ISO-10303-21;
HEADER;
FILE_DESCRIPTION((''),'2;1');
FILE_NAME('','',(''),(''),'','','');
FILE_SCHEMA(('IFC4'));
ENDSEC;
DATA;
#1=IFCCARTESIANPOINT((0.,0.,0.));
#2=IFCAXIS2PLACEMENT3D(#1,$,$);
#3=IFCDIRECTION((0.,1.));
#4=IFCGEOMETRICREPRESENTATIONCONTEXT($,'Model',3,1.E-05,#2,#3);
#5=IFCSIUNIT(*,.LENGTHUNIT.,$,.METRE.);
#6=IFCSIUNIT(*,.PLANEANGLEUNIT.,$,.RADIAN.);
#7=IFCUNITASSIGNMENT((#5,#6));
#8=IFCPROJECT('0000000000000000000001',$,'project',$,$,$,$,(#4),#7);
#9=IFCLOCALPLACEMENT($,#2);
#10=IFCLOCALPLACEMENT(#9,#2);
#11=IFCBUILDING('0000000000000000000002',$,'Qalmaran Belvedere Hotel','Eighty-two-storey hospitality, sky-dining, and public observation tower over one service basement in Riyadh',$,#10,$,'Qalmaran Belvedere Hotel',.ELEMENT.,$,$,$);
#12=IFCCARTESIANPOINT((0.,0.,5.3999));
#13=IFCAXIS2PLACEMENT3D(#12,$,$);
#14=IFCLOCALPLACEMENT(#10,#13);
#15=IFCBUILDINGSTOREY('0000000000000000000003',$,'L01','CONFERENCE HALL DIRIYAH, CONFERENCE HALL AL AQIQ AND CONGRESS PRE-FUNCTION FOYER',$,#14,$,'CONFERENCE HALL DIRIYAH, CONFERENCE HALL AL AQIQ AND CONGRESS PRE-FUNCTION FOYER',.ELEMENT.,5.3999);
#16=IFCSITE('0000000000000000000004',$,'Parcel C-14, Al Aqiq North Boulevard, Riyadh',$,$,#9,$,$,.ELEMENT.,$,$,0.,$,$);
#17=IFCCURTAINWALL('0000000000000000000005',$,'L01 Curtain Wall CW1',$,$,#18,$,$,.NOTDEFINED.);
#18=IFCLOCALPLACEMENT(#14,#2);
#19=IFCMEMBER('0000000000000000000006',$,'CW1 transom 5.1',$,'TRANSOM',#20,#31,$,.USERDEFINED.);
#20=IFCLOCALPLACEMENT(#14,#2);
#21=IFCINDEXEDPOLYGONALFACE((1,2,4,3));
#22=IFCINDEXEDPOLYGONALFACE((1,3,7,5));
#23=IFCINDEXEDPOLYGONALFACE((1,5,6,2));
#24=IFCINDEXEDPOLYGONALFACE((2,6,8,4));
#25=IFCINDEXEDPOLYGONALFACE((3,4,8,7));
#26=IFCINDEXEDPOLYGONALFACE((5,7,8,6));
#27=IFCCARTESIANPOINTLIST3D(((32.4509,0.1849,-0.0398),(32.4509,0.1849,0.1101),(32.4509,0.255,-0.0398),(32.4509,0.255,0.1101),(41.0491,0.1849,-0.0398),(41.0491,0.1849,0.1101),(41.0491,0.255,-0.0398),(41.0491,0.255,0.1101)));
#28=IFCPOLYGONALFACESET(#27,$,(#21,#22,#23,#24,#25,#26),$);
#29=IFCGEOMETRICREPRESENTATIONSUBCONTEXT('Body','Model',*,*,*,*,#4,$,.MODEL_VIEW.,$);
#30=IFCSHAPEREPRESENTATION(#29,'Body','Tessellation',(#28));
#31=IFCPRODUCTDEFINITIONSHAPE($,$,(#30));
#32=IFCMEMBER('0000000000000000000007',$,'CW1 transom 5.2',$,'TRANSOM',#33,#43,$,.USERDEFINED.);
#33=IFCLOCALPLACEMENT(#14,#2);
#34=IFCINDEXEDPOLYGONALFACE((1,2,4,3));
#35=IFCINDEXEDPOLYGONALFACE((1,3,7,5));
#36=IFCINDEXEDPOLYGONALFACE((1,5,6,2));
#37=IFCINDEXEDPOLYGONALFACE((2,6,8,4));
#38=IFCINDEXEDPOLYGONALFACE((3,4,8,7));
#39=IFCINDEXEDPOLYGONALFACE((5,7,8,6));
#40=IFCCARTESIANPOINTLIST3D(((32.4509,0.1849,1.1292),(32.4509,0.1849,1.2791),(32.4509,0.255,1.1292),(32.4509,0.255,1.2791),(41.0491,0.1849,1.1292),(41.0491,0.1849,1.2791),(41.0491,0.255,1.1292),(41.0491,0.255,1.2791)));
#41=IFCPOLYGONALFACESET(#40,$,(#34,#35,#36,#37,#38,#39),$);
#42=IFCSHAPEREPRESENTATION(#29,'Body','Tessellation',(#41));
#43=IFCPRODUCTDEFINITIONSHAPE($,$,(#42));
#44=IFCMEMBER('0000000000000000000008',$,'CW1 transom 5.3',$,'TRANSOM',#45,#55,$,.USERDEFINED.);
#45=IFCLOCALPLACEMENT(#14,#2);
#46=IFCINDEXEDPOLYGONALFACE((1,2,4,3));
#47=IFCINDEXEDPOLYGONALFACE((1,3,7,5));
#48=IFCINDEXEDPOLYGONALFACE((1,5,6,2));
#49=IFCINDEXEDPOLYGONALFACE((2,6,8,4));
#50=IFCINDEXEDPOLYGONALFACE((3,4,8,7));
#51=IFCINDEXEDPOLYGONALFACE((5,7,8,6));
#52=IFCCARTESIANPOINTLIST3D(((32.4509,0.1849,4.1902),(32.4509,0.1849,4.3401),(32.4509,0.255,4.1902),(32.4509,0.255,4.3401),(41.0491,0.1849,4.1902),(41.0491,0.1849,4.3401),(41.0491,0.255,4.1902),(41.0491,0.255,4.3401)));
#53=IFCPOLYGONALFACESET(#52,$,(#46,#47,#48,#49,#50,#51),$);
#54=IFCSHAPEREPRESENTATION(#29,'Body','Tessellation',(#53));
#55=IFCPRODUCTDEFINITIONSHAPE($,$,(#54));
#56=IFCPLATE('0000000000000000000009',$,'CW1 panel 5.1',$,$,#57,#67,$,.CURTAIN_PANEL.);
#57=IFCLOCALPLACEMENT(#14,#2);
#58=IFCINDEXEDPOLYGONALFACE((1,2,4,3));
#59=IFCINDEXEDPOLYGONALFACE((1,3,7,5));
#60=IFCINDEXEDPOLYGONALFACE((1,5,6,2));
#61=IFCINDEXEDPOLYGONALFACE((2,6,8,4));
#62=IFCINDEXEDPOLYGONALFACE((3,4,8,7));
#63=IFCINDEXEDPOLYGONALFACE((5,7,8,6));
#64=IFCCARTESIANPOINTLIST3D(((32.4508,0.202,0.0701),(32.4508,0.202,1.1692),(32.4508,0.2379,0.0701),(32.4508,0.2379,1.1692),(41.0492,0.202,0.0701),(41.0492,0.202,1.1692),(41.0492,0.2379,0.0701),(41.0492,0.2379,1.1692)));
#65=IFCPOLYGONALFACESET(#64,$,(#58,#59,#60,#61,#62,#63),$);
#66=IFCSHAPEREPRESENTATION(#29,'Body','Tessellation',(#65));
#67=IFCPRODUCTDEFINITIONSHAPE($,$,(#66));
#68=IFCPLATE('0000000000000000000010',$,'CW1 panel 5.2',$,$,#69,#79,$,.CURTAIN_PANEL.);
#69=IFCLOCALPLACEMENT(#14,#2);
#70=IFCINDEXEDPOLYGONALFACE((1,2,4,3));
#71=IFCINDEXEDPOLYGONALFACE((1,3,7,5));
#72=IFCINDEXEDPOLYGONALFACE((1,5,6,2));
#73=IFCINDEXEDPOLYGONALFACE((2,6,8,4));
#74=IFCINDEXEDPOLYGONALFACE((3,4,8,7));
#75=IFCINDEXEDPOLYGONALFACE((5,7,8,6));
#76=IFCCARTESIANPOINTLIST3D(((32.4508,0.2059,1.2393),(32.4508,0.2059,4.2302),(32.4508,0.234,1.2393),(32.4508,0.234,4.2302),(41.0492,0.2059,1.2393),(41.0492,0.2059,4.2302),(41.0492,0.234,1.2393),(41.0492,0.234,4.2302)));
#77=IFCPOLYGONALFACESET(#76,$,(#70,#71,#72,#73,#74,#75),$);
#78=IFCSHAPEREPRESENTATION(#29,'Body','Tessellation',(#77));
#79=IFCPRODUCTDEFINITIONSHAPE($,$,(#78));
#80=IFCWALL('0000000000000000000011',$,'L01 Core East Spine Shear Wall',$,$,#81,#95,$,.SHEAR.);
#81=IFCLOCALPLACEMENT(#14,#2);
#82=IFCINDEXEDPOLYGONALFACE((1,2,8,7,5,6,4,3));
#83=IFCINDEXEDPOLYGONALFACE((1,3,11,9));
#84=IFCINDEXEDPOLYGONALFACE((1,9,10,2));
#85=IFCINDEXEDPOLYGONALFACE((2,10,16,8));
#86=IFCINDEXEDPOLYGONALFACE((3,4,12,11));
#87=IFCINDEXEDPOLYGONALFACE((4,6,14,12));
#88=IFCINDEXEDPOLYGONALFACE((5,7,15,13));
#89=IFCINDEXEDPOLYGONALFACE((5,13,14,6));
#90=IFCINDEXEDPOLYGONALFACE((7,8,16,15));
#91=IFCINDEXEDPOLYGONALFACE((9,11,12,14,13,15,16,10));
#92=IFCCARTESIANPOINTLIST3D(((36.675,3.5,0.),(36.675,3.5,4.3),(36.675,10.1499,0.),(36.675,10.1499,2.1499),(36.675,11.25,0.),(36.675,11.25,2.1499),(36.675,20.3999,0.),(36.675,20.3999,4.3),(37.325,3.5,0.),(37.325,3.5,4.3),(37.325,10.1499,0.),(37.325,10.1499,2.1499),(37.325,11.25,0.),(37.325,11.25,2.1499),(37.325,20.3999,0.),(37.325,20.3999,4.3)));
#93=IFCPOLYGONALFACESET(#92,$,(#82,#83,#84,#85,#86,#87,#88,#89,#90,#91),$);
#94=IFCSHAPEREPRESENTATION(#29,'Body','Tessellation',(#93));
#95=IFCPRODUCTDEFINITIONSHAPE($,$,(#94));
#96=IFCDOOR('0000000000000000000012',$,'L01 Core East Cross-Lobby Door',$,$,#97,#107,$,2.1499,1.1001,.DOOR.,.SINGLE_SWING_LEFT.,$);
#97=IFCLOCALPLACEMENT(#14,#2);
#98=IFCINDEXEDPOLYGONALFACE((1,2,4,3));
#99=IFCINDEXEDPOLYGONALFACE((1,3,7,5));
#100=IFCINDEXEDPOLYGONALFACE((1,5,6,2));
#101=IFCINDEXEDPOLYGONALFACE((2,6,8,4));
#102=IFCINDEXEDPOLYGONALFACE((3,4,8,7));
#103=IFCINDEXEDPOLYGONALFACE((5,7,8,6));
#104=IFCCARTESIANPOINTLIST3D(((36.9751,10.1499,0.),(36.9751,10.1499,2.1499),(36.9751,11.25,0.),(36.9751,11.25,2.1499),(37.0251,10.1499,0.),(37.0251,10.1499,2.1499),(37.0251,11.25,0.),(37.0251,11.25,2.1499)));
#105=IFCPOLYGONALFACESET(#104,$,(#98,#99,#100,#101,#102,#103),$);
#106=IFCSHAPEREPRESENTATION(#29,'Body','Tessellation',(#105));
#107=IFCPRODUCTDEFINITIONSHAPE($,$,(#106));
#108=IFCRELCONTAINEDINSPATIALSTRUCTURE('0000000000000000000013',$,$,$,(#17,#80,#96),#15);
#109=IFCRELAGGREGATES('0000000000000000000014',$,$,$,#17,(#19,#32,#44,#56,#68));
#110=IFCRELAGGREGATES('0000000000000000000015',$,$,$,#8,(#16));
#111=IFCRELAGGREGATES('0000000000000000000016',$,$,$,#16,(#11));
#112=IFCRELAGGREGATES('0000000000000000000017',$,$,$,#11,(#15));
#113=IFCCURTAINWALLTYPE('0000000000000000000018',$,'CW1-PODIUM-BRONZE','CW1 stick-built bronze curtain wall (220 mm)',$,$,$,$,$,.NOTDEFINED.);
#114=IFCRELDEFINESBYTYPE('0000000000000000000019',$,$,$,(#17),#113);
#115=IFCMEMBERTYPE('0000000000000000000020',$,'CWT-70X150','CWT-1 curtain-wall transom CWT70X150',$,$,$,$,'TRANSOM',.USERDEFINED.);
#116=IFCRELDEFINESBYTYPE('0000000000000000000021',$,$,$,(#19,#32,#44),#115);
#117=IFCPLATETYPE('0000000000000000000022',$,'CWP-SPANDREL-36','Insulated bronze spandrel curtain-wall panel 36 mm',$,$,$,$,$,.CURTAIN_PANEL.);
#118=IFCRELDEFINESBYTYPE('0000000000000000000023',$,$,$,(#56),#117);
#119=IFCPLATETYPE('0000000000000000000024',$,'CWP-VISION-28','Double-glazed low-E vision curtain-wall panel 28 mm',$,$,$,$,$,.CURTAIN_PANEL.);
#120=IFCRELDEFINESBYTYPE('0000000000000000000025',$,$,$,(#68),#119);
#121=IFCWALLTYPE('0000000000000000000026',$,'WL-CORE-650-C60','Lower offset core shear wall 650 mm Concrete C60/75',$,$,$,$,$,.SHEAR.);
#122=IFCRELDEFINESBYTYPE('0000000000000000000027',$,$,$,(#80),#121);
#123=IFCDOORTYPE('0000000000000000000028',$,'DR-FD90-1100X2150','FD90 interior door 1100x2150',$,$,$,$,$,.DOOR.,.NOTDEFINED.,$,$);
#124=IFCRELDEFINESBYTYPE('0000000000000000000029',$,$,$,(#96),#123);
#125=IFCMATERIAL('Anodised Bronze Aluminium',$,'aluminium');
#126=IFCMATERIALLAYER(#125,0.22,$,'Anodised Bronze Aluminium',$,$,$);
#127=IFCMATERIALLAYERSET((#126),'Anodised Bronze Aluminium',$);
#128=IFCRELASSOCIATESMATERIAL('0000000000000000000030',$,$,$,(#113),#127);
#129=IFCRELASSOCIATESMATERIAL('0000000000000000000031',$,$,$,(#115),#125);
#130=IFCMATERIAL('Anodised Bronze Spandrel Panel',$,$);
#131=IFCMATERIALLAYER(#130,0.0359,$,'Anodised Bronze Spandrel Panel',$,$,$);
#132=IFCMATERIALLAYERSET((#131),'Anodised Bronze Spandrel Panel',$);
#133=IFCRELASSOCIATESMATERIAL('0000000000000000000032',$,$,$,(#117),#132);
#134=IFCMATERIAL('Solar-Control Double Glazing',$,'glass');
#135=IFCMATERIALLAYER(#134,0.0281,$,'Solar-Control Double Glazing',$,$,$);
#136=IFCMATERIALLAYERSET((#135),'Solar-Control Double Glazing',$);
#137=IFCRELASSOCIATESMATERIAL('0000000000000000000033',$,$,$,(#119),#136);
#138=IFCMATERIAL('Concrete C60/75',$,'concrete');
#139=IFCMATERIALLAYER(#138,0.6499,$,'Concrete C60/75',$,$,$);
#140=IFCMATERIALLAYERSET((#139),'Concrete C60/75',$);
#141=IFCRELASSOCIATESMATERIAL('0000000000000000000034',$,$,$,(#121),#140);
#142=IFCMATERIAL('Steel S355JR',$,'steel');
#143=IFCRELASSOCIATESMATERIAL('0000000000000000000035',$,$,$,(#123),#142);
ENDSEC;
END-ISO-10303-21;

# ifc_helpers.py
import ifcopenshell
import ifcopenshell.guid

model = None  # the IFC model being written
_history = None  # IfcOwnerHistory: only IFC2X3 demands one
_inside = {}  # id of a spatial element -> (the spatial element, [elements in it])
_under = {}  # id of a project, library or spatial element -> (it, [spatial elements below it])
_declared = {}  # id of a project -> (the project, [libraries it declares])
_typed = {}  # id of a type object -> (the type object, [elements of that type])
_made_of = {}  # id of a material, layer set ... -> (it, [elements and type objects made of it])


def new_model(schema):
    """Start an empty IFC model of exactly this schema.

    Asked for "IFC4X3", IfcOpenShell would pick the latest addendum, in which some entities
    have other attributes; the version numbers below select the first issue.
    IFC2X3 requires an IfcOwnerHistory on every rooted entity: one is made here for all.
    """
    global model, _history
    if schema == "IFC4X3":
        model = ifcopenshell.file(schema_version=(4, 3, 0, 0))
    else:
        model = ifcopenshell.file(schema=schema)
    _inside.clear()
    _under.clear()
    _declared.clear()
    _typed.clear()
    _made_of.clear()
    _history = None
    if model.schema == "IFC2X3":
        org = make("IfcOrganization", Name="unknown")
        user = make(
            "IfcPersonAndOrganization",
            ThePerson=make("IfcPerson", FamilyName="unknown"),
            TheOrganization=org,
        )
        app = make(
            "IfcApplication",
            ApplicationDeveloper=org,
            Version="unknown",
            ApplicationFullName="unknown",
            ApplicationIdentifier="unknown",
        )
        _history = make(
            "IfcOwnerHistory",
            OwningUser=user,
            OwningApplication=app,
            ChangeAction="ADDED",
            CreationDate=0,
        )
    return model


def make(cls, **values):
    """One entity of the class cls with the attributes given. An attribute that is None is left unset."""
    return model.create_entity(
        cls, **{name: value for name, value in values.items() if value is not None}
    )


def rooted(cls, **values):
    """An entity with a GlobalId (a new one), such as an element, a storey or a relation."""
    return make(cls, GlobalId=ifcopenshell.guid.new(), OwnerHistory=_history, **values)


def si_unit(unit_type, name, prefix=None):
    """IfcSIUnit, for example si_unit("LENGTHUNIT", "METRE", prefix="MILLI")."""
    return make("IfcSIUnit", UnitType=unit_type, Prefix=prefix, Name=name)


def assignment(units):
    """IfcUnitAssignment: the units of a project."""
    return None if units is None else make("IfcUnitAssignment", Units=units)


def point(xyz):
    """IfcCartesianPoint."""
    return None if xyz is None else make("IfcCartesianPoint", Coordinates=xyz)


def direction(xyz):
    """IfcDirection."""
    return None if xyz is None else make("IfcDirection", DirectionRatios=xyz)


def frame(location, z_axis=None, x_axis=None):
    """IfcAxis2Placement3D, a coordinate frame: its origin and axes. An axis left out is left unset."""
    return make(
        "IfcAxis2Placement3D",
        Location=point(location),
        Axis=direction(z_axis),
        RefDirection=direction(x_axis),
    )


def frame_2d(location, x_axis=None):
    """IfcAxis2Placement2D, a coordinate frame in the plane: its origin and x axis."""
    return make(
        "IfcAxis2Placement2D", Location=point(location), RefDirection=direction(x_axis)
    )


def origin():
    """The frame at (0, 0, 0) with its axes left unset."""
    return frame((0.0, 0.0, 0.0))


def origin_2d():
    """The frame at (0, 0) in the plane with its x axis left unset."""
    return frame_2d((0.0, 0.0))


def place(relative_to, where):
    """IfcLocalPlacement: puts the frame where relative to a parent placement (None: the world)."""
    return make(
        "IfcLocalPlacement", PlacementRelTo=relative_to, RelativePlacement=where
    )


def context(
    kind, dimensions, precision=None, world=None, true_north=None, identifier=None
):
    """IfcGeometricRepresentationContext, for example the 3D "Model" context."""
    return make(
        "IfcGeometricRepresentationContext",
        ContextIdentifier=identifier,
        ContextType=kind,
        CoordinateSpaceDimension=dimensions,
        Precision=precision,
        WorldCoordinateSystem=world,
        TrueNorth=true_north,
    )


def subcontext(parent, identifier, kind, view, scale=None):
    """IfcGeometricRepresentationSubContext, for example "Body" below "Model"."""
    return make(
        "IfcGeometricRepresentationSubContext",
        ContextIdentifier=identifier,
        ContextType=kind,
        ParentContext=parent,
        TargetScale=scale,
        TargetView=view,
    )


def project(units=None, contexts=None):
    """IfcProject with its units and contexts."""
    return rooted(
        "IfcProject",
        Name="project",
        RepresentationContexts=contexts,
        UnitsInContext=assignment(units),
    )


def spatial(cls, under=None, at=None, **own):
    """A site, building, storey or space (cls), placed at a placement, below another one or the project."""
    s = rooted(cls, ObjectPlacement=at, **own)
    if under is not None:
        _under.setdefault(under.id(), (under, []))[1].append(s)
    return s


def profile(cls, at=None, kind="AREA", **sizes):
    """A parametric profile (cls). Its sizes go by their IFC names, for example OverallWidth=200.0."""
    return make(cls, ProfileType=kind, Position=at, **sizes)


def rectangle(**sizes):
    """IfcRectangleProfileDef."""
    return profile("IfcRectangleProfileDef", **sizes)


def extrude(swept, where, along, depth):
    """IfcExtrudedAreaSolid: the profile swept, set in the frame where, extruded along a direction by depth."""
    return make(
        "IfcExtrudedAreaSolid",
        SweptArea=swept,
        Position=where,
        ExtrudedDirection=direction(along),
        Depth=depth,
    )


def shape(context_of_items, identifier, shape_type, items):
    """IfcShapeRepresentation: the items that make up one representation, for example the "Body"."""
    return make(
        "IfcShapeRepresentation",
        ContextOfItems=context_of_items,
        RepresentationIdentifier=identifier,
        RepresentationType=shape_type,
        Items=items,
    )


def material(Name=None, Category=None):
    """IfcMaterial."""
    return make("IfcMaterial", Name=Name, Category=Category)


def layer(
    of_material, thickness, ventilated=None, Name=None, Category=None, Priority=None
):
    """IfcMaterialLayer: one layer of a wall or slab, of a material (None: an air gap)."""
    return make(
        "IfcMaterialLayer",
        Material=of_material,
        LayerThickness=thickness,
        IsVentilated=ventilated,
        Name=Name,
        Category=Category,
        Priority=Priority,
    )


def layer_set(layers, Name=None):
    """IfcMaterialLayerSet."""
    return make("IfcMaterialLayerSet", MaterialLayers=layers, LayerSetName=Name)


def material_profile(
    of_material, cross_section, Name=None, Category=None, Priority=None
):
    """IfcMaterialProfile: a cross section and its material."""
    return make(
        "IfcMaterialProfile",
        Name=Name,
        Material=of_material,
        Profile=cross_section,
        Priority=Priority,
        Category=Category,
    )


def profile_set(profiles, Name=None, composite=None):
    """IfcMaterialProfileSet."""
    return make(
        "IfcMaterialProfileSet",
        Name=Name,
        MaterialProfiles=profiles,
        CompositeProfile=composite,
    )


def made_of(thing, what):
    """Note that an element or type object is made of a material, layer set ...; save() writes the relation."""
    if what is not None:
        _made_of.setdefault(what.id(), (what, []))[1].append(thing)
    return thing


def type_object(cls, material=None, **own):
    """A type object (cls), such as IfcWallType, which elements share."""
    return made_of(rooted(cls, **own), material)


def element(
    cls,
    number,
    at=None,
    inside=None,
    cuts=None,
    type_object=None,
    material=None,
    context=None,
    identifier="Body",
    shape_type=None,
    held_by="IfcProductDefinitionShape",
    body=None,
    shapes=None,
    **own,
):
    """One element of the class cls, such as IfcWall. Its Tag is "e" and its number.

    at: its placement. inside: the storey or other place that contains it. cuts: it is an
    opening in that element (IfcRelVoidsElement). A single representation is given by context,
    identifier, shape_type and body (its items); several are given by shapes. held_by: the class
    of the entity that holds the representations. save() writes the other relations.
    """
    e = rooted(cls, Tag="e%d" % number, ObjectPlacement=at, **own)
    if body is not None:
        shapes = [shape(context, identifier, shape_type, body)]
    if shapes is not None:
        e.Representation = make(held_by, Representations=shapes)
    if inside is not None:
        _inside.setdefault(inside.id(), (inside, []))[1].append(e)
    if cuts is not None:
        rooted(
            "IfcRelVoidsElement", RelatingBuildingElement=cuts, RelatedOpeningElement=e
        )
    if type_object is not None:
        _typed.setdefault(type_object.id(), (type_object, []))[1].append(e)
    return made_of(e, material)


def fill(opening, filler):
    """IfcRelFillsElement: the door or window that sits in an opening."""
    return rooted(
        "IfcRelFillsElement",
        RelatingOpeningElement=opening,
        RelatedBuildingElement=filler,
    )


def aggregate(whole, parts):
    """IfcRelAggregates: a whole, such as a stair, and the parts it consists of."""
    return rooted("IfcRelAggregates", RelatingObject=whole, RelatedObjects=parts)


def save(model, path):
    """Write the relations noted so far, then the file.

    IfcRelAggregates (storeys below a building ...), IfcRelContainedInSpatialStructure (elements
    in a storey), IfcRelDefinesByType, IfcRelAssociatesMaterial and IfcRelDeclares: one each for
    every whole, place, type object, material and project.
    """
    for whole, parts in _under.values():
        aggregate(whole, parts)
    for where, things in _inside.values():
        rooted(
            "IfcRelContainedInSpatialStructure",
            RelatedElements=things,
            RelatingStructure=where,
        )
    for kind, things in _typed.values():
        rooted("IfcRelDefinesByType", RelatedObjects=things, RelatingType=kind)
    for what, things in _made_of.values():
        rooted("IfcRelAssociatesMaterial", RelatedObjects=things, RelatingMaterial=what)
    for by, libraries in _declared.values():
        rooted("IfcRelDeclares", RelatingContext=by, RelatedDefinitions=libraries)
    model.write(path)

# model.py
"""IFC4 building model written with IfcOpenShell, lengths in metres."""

from ifc_helpers import new_model, si_unit, direction, frame, frame_2d, origin, origin_2d, place, context, subcontext, project, spatial, rectangle, extrude, material, layer, layer_set, material_profile, profile_set, type_object, element, fill, aggregate, save


model = new_model("IFC4")

# Units and contexts
model_context = context("Model", 3, precision=1e-05, world=origin(), true_north=direction((0.0, 1.0)))
body_context = subcontext(model_context, "Body", "Model", "MODEL_VIEW")
ifc_project = project(units=[si_unit("LENGTHUNIT", "METRE"), si_unit("PLANEANGLEUNIT", "RADIAN")], contexts=[model_context])

# Site, building, storey
site_placement = place(None, origin())
site = spatial("IfcSite", under=ifc_project, at=site_placement, Name="Parcel C-14, Al Aqiq North Boulevard, Riyadh", CompositionType="ELEMENT", RefElevation=0.0)
building_placement = place(site_placement, origin())
building = spatial("IfcBuilding", under=site, at=building_placement, Name="Qalmaran Belvedere Hotel", Description="Eighty-two-storey hospitality, sky-dining, and public observation tower over one service basement in Riyadh", LongName="Qalmaran Belvedere Hotel", CompositionType="ELEMENT")
storey_placement = place(building_placement, frame((0.0, 0.0, 5.3999)))
storey = spatial("IfcBuildingStorey", under=building, at=storey_placement, Name="L01", Description="CONFERENCE HALL DIRIYAH, CONFERENCE HALL AL AQIQ AND CONGRESS PRE-FUNCTION FOYER", LongName="CONFERENCE HALL DIRIYAH, CONFERENCE HALL AL AQIQ AND CONGRESS PRE-FUNCTION FOYER", CompositionType="ELEMENT", Elevation=5.3999)

# Shared definitions
ifc_material_1 = material(Name="Concrete C60/75", Category="concrete")

# Shared definitions
ifc_material_2 = material(Name="Steel S355JR", Category="steel")

# Curtain wall, members, plates
ifc_material_3 = material(Name="Anodised Bronze Aluminium", Category="aluminium")
ifc_layer_1 = layer(ifc_material_3, 0.22, Name="Anodised Bronze Aluminium")
ifc_layer_set_1 = layer_set([ifc_layer_1], Name="Anodised Bronze Aluminium")
curtain_wall_type = type_object("IfcCurtainWallType", Name="CW1-PODIUM-BRONZE", Description="CW1 stick-built bronze curtain wall (220 mm)", PredefinedType="NOTDEFINED", material=ifc_layer_set_1)
curtain_wall_placement = place(storey_placement, origin())
curtain_wall = element("IfcCurtainWall", 1, at=curtain_wall_placement, inside=storey, type_object=curtain_wall_type, Name="L01 Curtain Wall CW1", PredefinedType="NOTDEFINED")
ifc_material_profile_1 = material_profile(ifc_material_3, rectangle(XDim=0.0701, YDim=0.1499, at=origin_2d()), Name="CWT70X150")
ifc_profile_set_1 = profile_set([ifc_material_profile_1], Name="Anodised Bronze Aluminium")
member_type_1 = type_object("IfcMemberType", Name="CWT-70X150", Description="CWT-1 curtain-wall transom CWT70X150", ElementType="TRANSOM", PredefinedType="USERDEFINED", material=ifc_profile_set_1)
member_1_placement = place(storey_placement, frame((32.4509, 0.22, 0.0352), z_axis=(1.0, 0.0, 0.0), x_axis=(0.0, 1.0, 0.0)))
member_1 = element("IfcMember", 2, at=member_1_placement, type_object=member_type_1, Name="CW1 transom 5.1", ObjectType="TRANSOM", PredefinedType="USERDEFINED", context=body_context, shape_type="SweptSolid", body=[
    extrude(rectangle(XDim=0.0701, YDim=0.1499, at=origin_2d()), origin(), (0.0, 0.0, 1.0), 8.5981),
])
member_2_placement = place(storey_placement, frame((32.4509, 0.22, 1.2041), z_axis=(1.0, 0.0, 0.0), x_axis=(0.0, 1.0, 0.0)))
member_2 = element("IfcMember", 3, at=member_2_placement, type_object=member_type_1, Name="CW1 transom 5.2", ObjectType="TRANSOM", PredefinedType="USERDEFINED", context=body_context, shape_type="SweptSolid", body=[
    extrude(rectangle(XDim=0.0701, YDim=0.1499, at=origin_2d()), origin(), (0.0, 0.0, 1.0), 8.5981),
])
member_3_placement = place(storey_placement, frame((32.4509, 0.22, 4.2651), z_axis=(1.0, 0.0, 0.0), x_axis=(0.0, 1.0, 0.0)))
member_3 = element("IfcMember", 4, at=member_3_placement, type_object=member_type_1, Name="CW1 transom 5.3", ObjectType="TRANSOM", PredefinedType="USERDEFINED", context=body_context, shape_type="SweptSolid", body=[
    extrude(rectangle(XDim=0.0701, YDim=0.1499, at=origin_2d()), origin(), (0.0, 0.0, 1.0), 8.5981),
])
ifc_material_4 = material(Name="Anodised Bronze Spandrel Panel")
ifc_layer_2 = layer(ifc_material_4, 0.0359, Name="Anodised Bronze Spandrel Panel")
ifc_layer_set_2 = layer_set([ifc_layer_2], Name="Anodised Bronze Spandrel Panel")
plate_type_1 = type_object("IfcPlateType", Name="CWP-SPANDREL-36", Description="Insulated bronze spandrel curtain-wall panel 36 mm", PredefinedType="CURTAIN_PANEL", material=ifc_layer_set_2)
plate_1_placement = place(storey_placement, frame((36.75, 0.22, 0.0701), z_axis=(0.0, 0.0, 1.0), x_axis=(1.0, 0.0, 0.0)))
plate_1 = element("IfcPlate", 5, at=plate_1_placement, type_object=plate_type_1, Name="CW1 panel 5.1", PredefinedType="CURTAIN_PANEL", context=body_context, shape_type="SweptSolid", body=[
    extrude(rectangle(XDim=8.5984, YDim=0.0359, at=origin_2d()), origin(), (0.0, 0.0, 1.0), 1.0991),
])
ifc_material_5 = material(Name="Solar-Control Double Glazing", Category="glass")
ifc_layer_3 = layer(ifc_material_5, 0.0281, Name="Solar-Control Double Glazing")
ifc_layer_set_3 = layer_set([ifc_layer_3], Name="Solar-Control Double Glazing")
plate_type_2 = type_object("IfcPlateType", Name="CWP-VISION-28", Description="Double-glazed low-E vision curtain-wall panel 28 mm", PredefinedType="CURTAIN_PANEL", material=ifc_layer_set_3)
plate_2_placement = place(storey_placement, frame((36.75, 0.22, 1.2393), z_axis=(0.0, 0.0, 1.0), x_axis=(1.0, 0.0, 0.0)))
plate_2 = element("IfcPlate", 6, at=plate_2_placement, type_object=plate_type_2, Name="CW1 panel 5.2", PredefinedType="CURTAIN_PANEL", context=body_context, shape_type="SweptSolid", body=[
    extrude(rectangle(XDim=8.5984, YDim=0.0281, at=origin_2d()), origin(), (0.0, 0.0, 1.0), 2.991),
])
aggregate(curtain_wall, [member_1, member_2, member_3, plate_1, plate_2])

# Wall, opening, door
ifc_layer_4 = layer(ifc_material_1, 0.6499, Name="Concrete C60/75")
ifc_layer_set_4 = layer_set([ifc_layer_4], Name="Concrete C60/75")
wall_type = type_object("IfcWallType", Name="WL-CORE-650-C60", Description="Lower offset core shear wall 650 mm Concrete C60/75", PredefinedType="SHEAR", material=ifc_layer_set_4)
wall_placement = place(storey_placement, frame((37.0, 3.5, 0.0), z_axis=(0.0, 0.0, 1.0), x_axis=(0.0, 1.0, 0.0)))
wall = element("IfcWall", 7, at=wall_placement, inside=storey, type_object=wall_type, Name="L01 Core East Spine Shear Wall", PredefinedType="SHEAR", context=body_context, shape_type="SweptSolid", body=[
    extrude(rectangle(XDim=16.8999, YDim=0.6499, at=frame_2d((8.45, 0.0))), origin(), (0.0, 0.0, 1.0), 4.3),
])
opening_placement = place(wall_placement, frame((6.6499, 0.0, 0.0)))
opening = element("IfcOpeningElement", 8, at=opening_placement, cuts=wall, PredefinedType="OPENING", context=body_context, shape_type="SweptSolid", body=[
    extrude(rectangle(XDim=1.1001, YDim=2.1499, at=frame_2d((0.55, 1.075))), frame((0.0, 0.335, 0.0), z_axis=(0.0, -1.0, 0.0), x_axis=(1.0, 0.0, 0.0)), (0.0, 0.0, 1.0), 0.6699),
])
door_type = type_object("IfcDoorType", Name="DR-FD90-1100X2150", Description="FD90 interior door 1100x2150", OperationType="NOTDEFINED", PredefinedType="DOOR", material=ifc_material_2)
door_placement = place(opening_placement, origin())
door = element("IfcDoor", 9, at=door_placement, inside=storey, type_object=door_type, Name="L01 Core East Cross-Lobby Door", OperationType="SINGLE_SWING_LEFT", OverallHeight=2.1499, OverallWidth=1.1001, PredefinedType="DOOR", context=body_context, shape_type="SweptSolid", body=[
    extrude(rectangle(XDim=1.1001, YDim=2.1499, at=frame_2d((0.55, 1.075))), frame((0.0, 0.0249, 0.0), z_axis=(0.0, -1.0, 0.0), x_axis=(1.0, 0.0, 0.0)), (0.0, 0.0, 1.0), 0.05),
])
fill(opening, door)

save(model, "model.ifc")
